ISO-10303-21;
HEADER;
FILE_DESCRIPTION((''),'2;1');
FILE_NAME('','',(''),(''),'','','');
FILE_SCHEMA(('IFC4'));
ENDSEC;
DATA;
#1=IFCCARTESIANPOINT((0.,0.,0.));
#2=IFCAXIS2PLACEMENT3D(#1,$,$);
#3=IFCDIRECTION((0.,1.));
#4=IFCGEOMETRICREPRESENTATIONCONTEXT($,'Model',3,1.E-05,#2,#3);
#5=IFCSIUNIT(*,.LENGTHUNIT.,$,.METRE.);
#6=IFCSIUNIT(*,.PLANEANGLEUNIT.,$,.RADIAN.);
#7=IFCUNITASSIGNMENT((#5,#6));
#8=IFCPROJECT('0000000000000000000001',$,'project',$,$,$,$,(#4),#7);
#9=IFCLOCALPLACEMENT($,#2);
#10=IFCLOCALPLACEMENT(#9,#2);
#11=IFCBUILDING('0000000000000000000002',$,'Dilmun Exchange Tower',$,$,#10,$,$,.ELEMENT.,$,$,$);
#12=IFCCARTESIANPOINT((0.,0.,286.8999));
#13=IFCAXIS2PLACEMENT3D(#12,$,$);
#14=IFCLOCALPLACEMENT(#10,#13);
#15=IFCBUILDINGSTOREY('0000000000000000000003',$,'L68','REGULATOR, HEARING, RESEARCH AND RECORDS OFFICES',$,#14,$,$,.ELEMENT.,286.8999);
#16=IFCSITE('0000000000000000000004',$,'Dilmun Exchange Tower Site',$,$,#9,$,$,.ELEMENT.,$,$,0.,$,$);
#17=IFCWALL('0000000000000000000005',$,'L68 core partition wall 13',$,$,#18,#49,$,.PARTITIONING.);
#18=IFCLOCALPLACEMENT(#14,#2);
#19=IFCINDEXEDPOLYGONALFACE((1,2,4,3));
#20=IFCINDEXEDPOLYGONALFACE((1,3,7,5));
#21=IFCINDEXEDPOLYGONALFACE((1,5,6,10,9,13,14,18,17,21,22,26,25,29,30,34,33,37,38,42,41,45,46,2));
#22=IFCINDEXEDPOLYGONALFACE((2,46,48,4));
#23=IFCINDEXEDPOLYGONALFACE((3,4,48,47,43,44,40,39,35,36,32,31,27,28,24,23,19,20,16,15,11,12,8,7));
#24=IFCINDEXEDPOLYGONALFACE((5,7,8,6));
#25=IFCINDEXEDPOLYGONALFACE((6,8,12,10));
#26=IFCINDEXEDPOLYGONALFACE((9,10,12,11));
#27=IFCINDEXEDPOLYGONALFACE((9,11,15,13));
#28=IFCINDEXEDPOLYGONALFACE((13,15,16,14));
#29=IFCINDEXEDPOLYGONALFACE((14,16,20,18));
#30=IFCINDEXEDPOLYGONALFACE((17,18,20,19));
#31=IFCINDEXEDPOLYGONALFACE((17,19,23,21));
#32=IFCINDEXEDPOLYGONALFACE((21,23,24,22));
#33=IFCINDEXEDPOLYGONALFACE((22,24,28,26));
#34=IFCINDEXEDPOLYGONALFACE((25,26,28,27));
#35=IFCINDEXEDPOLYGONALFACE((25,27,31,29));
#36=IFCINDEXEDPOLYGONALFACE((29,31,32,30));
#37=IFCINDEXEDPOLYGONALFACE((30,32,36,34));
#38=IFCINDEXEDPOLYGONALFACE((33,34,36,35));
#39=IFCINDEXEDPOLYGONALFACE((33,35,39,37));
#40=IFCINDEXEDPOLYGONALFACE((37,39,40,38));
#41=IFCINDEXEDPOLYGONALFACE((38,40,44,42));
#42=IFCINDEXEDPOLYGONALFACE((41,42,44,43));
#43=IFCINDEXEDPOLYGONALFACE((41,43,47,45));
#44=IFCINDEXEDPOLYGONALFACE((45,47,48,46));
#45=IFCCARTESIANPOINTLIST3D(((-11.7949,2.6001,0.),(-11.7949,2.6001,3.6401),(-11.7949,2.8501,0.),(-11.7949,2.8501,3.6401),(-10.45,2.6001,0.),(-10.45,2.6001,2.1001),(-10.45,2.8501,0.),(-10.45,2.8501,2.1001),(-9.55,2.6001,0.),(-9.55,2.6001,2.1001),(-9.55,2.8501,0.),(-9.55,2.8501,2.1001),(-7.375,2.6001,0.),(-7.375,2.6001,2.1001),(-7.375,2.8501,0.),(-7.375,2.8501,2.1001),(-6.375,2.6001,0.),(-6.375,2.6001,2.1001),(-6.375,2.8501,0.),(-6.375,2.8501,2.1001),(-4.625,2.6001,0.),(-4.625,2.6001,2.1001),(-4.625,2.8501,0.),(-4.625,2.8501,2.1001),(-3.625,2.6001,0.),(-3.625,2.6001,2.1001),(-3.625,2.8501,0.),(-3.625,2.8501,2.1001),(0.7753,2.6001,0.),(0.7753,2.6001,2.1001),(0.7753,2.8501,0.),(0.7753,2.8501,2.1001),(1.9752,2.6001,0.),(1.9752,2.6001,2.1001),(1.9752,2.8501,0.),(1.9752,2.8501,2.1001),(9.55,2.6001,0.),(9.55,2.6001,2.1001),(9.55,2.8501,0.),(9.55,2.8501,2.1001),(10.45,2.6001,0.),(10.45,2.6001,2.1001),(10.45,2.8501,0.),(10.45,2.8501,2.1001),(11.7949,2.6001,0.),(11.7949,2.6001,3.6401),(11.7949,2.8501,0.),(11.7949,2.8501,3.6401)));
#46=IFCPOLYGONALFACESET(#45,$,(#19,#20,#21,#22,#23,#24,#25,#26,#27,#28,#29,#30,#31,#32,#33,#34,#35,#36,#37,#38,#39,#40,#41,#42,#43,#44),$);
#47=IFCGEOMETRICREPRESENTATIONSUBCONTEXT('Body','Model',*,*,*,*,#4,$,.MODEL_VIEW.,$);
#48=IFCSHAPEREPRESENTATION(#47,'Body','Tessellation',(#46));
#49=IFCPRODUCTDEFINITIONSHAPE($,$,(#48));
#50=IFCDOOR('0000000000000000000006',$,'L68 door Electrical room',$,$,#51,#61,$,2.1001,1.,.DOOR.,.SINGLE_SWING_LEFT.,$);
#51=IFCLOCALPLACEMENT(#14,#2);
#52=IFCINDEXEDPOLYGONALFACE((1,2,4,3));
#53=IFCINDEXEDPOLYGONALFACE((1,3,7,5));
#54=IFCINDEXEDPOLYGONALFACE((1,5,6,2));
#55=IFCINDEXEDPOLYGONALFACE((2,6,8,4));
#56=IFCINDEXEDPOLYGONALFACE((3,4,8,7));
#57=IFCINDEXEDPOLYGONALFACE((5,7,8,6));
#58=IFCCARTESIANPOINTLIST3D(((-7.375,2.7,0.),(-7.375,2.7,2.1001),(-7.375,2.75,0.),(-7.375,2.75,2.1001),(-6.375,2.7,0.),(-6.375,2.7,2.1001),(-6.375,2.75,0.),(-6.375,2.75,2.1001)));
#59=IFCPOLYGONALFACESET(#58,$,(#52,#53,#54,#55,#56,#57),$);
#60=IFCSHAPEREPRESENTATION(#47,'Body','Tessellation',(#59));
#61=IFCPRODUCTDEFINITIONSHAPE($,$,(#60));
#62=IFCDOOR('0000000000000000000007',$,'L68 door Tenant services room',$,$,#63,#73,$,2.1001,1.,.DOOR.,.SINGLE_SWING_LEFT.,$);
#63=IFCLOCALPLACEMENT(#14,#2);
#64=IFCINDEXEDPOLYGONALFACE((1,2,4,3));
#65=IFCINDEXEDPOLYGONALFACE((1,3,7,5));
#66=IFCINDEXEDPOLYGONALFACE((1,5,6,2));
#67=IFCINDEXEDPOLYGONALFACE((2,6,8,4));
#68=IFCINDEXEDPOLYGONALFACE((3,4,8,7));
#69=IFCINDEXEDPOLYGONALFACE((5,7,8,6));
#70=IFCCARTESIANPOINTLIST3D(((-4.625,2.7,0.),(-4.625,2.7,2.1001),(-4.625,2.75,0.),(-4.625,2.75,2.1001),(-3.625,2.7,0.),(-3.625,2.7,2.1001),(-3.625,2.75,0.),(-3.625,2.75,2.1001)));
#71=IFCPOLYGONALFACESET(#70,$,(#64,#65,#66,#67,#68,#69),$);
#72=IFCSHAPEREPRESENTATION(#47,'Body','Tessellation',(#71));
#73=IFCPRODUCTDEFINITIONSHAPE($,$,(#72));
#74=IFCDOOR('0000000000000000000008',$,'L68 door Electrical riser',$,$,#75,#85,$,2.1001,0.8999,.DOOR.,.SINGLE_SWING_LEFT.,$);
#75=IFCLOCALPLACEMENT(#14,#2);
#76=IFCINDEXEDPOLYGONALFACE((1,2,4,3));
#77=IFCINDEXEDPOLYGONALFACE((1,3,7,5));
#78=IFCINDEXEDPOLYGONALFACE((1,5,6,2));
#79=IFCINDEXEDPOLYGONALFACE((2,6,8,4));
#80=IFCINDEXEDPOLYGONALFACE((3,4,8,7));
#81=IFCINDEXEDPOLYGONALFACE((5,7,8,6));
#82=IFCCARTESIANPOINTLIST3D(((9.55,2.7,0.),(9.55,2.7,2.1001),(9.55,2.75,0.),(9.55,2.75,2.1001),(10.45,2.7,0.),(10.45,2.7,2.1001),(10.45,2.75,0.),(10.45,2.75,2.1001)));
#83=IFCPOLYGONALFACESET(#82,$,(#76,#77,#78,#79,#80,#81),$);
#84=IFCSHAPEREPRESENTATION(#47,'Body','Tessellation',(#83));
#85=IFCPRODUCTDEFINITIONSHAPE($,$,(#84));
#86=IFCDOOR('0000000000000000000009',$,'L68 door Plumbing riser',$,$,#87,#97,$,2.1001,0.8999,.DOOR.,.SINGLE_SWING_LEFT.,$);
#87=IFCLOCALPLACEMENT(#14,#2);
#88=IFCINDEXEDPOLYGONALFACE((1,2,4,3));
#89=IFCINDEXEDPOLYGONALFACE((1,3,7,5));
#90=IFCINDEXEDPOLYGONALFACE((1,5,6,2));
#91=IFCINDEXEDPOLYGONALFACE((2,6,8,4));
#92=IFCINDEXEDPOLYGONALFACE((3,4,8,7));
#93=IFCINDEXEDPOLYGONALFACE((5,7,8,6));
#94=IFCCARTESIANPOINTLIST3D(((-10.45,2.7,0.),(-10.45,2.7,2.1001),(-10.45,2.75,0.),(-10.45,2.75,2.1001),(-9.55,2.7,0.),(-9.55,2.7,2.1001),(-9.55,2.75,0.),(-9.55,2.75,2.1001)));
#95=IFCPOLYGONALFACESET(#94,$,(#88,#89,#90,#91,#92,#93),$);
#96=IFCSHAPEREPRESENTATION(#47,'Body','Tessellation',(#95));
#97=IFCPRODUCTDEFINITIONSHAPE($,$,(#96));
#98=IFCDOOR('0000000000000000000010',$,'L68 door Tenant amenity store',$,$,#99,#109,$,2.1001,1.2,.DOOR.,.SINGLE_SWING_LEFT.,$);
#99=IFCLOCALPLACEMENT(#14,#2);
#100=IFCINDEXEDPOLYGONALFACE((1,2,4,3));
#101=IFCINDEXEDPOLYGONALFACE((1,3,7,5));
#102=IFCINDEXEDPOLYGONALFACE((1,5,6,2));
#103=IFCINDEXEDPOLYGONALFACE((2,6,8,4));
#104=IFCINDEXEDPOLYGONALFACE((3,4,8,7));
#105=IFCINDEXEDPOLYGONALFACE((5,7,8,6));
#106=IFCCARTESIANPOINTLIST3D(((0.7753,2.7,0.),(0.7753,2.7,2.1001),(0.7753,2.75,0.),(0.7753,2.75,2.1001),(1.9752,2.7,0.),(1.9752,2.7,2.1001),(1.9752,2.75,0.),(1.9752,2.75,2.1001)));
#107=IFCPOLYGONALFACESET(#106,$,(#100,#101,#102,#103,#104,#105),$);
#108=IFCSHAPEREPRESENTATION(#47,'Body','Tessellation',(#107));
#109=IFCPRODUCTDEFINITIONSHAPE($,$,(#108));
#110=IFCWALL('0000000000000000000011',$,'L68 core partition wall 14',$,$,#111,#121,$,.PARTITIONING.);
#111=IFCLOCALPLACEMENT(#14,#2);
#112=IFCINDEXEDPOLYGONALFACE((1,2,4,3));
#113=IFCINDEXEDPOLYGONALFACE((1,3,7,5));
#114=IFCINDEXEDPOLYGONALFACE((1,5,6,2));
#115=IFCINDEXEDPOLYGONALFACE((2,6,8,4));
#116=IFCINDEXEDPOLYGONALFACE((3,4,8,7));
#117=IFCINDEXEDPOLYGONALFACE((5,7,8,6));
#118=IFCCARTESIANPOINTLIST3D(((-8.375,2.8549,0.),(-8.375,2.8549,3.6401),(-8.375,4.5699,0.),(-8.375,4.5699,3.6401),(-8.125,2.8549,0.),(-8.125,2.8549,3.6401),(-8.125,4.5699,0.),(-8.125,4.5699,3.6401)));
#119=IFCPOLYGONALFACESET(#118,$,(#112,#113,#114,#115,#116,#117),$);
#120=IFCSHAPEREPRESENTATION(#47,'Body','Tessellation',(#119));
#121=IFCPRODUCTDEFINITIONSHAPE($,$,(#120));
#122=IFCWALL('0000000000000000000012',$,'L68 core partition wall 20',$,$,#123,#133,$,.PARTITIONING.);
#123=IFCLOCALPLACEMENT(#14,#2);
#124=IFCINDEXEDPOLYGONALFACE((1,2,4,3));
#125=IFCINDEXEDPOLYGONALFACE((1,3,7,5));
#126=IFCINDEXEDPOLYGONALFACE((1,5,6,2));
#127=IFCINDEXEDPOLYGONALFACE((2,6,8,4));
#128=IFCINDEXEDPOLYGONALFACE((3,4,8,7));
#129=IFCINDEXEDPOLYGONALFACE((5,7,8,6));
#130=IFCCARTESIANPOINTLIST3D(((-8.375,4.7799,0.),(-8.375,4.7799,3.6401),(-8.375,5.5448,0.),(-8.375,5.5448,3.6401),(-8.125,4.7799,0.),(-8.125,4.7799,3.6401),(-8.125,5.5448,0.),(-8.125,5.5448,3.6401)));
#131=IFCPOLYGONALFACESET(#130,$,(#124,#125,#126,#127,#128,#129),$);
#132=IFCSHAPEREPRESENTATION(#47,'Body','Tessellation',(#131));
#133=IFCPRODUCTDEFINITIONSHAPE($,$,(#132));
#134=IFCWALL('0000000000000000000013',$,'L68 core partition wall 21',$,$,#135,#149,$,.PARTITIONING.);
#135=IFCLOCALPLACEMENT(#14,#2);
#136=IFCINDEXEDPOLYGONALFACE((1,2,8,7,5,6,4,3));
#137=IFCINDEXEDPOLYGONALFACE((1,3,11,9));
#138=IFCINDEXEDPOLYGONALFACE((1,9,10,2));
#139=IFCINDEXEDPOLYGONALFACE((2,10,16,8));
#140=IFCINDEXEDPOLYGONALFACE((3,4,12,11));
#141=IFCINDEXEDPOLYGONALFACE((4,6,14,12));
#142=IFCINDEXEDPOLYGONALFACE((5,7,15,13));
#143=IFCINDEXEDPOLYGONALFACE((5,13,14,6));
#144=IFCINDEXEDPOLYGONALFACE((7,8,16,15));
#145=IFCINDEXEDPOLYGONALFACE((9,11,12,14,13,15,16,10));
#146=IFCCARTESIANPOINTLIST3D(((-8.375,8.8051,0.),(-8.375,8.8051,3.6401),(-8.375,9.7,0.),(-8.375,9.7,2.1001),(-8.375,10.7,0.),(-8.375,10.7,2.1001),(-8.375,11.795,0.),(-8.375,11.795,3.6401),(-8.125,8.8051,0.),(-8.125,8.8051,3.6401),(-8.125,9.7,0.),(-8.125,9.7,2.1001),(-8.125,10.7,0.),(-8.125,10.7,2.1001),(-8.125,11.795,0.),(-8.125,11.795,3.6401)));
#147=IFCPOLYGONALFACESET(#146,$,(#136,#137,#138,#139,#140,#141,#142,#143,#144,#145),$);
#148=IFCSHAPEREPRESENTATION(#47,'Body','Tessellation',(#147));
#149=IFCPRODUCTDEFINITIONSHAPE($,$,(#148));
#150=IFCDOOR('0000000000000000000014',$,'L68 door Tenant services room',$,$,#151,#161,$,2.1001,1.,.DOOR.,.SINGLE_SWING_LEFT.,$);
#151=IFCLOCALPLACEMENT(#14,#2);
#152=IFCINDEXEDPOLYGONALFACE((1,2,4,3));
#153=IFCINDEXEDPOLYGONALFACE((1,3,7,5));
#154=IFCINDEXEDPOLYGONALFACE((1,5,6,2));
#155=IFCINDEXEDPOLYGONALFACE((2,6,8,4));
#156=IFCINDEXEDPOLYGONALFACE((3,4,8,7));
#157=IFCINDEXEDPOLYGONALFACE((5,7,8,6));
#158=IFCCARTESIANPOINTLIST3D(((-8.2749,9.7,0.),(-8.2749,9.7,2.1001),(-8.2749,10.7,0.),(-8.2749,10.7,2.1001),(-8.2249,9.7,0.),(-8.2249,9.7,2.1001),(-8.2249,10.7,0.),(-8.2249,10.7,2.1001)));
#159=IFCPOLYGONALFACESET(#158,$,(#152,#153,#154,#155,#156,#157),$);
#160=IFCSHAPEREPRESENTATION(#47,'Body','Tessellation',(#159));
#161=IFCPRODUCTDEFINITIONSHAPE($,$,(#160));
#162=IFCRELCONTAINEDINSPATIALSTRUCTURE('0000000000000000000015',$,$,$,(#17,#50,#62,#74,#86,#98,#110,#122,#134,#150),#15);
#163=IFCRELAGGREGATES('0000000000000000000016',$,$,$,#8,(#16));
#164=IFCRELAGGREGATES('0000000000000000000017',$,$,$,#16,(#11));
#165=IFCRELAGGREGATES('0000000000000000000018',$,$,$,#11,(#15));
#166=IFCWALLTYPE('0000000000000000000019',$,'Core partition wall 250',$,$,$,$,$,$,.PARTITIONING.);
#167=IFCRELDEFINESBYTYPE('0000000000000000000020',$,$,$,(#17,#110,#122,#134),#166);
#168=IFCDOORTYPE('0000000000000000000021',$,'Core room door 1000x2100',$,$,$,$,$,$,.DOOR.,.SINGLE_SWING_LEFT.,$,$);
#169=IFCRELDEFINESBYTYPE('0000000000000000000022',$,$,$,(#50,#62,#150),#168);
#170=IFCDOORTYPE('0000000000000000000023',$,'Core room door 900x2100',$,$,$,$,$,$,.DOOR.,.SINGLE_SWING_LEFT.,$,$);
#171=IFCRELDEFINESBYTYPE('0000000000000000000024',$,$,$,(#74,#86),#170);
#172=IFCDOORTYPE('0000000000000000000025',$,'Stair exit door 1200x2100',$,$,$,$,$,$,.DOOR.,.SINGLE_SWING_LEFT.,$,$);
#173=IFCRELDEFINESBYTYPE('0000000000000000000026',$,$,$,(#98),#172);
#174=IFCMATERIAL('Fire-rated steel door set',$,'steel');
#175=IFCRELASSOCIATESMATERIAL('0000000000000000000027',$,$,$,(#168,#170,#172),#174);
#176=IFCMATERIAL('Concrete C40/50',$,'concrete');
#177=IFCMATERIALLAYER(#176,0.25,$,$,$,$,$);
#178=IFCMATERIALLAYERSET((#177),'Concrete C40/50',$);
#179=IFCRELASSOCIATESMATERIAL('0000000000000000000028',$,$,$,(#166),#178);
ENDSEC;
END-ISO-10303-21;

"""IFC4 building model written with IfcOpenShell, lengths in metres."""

from ifc_helpers import new_model, si_unit, direction, frame, frame_2d, origin, place, context, subcontext, project, spatial, rectangle, extrude, material, layer, layer_set, type_object, element, fill, save


model = new_model("IFC4")

# Units and contexts
model_context = context("Model", 3, precision=1e-05, world=origin(), true_north=direction((0.0, 1.0)))
body_context = subcontext(model_context, "Body", "Model", "MODEL_VIEW")
ifc_project = project(units=[si_unit("LENGTHUNIT", "METRE"), si_unit("PLANEANGLEUNIT", "RADIAN")], contexts=[model_context])

# Site, building, storey
site_placement = place(None, origin())
site = spatial("IfcSite", under=ifc_project, at=site_placement, Name="Dilmun Exchange Tower Site", CompositionType="ELEMENT", RefElevation=0.0)
building_placement = place(site_placement, origin())
building = spatial("IfcBuilding", under=site, at=building_placement, Name="Dilmun Exchange Tower", CompositionType="ELEMENT")
storey_placement = place(building_placement, frame((0.0, 0.0, 286.8999)))
storey = spatial("IfcBuildingStorey", under=building, at=storey_placement, Name="L68", Description="REGULATOR, HEARING, RESEARCH AND RECORDS OFFICES", CompositionType="ELEMENT", Elevation=286.8999)

# Shared definitions
ifc_material_1 = material(Name="Concrete C40/50", Category="concrete")

# Shared definitions
ifc_material_2 = material(Name="Fire-rated steel door set", Category="steel")
door_type_1 = type_object("IfcDoorType", Name="Core room door 1000x2100", OperationType="SINGLE_SWING_LEFT", PredefinedType="DOOR", material=ifc_material_2)

# Wall, openings, doors
ifc_layer_1 = layer(ifc_material_1, 0.25)
ifc_layer_set_1 = layer_set([ifc_layer_1], Name="Concrete C40/50")
wall_type_1 = type_object("IfcWallType", Name="Core partition wall 250", PredefinedType="PARTITIONING", material=ifc_layer_set_1)
wall_1_placement = place(storey_placement, frame((-11.7949, 2.7251, 0.0), z_axis=(0.0, 0.0, 1.0), x_axis=(1.0, 0.0, 0.0)))
wall_1 = element("IfcWall", 1, at=wall_1_placement, inside=storey, type_object=wall_type_1, Name="L68 core partition wall 13", PredefinedType="PARTITIONING", context=body_context, shape_type="SweptSolid", body=[
    extrude(rectangle(XDim=23.5898, YDim=0.25, at=frame_2d((11.7949, 0.0))), origin(), (0.0, 0.0, 1.0), 3.6401),
])
opening_1_placement = place(wall_1_placement, frame((21.345, 0.0, 0.0)))
opening_1 = element("IfcOpeningElement", 2, at=opening_1_placement, cuts=wall_1, PredefinedType="OPENING", context=body_context, shape_type="SweptSolid", body=[
    extrude(rectangle(XDim=0.8999, YDim=2.1001, at=frame_2d((0.45, 1.05))), frame((0.0, 0.135, 0.0), z_axis=(0.0, -1.0, 0.0), x_axis=(1.0, 0.0, 0.0)), (0.0, 0.0, 1.0), 0.27),
])
opening_2_placement = place(wall_1_placement, frame((1.345, 0.0, 0.0)))
opening_2 = element("IfcOpeningElement", 3, at=opening_2_placement, cuts=wall_1, PredefinedType="OPENING", context=body_context, shape_type="SweptSolid", body=[
    extrude(rectangle(XDim=0.8999, YDim=2.1001, at=frame_2d((0.45, 1.05))), frame((0.0, 0.135, 0.0), z_axis=(0.0, -1.0, 0.0), x_axis=(1.0, 0.0, 0.0)), (0.0, 0.0, 1.0), 0.27),
])
opening_3_placement = place(wall_1_placement, frame((4.4199, 0.0, 0.0)))
opening_3 = element("IfcOpeningElement", 4, at=opening_3_placement, cuts=wall_1, PredefinedType="OPENING", context=body_context, shape_type="SweptSolid", body=[
    extrude(rectangle(XDim=1.0, YDim=2.1001, at=frame_2d((0.5, 1.05))), frame((0.0, 0.135, 0.0), z_axis=(0.0, -1.0, 0.0), x_axis=(1.0, 0.0, 0.0)), (0.0, 0.0, 1.0), 0.27),
])
opening_4_placement = place(wall_1_placement, frame((7.1699, 0.0, 0.0)))
opening_4 = element("IfcOpeningElement", 5, at=opening_4_placement, cuts=wall_1, PredefinedType="OPENING", context=body_context, shape_type="SweptSolid", body=[
    extrude(rectangle(XDim=1.0, YDim=2.1001, at=frame_2d((0.5, 1.05))), frame((0.0, 0.135, 0.0), z_axis=(0.0, -1.0, 0.0), x_axis=(1.0, 0.0, 0.0)), (0.0, 0.0, 1.0), 0.27),
])
opening_5_placement = place(wall_1_placement, frame((12.5701, 0.0, 0.0)))
opening_5 = element("IfcOpeningElement", 6, at=opening_5_placement, cuts=wall_1, PredefinedType="OPENING", context=body_context, shape_type="SweptSolid", body=[
    extrude(rectangle(XDim=1.2, YDim=2.1001, at=frame_2d((0.6001, 1.05))), frame((0.0, 0.135, 0.0), z_axis=(0.0, -1.0, 0.0), x_axis=(1.0, 0.0, 0.0)), (0.0, 0.0, 1.0), 0.27),
])
door_1_placement = place(opening_3_placement, origin())
door_1 = element("IfcDoor", 7, at=door_1_placement, inside=storey, type_object=door_type_1, Name="L68 door Electrical room", OperationType="SINGLE_SWING_LEFT", OverallHeight=2.1001, OverallWidth=1.0, PredefinedType="DOOR", context=body_context, shape_type="SweptSolid", body=[
    extrude(rectangle(XDim=1.0, YDim=2.1001, at=frame_2d((0.5, 1.05))), frame((0.0, 0.0249, 0.0), z_axis=(0.0, -1.0, 0.0), x_axis=(1.0, 0.0, 0.0)), (0.0, 0.0, 1.0), 0.05),
])
fill(opening_3, door_1)
door_2_placement = place(opening_4_placement, origin())
door_2 = element("IfcDoor", 8, at=door_2_placement, inside=storey, type_object=door_type_1, Name="L68 door Tenant services room", OperationType="SINGLE_SWING_LEFT", OverallHeight=2.1001, OverallWidth=1.0, PredefinedType="DOOR", context=body_context, shape_type="SweptSolid", body=[
    extrude(rectangle(XDim=1.0, YDim=2.1001, at=frame_2d((0.5, 1.05))), frame((0.0, 0.0249, 0.0), z_axis=(0.0, -1.0, 0.0), x_axis=(1.0, 0.0, 0.0)), (0.0, 0.0, 1.0), 0.05),
])
fill(opening_4, door_2)
door_type_2 = type_object("IfcDoorType", Name="Core room door 900x2100", OperationType="SINGLE_SWING_LEFT", PredefinedType="DOOR", material=ifc_material_2)
door_3_placement = place(opening_1_placement, origin())
door_3 = element("IfcDoor", 9, at=door_3_placement, inside=storey, type_object=door_type_2, Name="L68 door Electrical riser", OperationType="SINGLE_SWING_LEFT", OverallHeight=2.1001, OverallWidth=0.8999, PredefinedType="DOOR", context=body_context, shape_type="SweptSolid", body=[
    extrude(rectangle(XDim=0.8999, YDim=2.1001, at=frame_2d((0.45, 1.05))), frame((0.0, 0.0249, 0.0), z_axis=(0.0, -1.0, 0.0), x_axis=(1.0, 0.0, 0.0)), (0.0, 0.0, 1.0), 0.05),
])
fill(opening_1, door_3)
door_4_placement = place(opening_2_placement, origin())
door_4 = element("IfcDoor", 10, at=door_4_placement, inside=storey, type_object=door_type_2, Name="L68 door Plumbing riser", OperationType="SINGLE_SWING_LEFT", OverallHeight=2.1001, OverallWidth=0.8999, PredefinedType="DOOR", context=body_context, shape_type="SweptSolid", body=[
    extrude(rectangle(XDim=0.8999, YDim=2.1001, at=frame_2d((0.45, 1.05))), frame((0.0, 0.0249, 0.0), z_axis=(0.0, -1.0, 0.0), x_axis=(1.0, 0.0, 0.0)), (0.0, 0.0, 1.0), 0.05),
])
fill(opening_2, door_4)
door_type_3 = type_object("IfcDoorType", Name="Stair exit door 1200x2100", OperationType="SINGLE_SWING_LEFT", PredefinedType="DOOR", material=ifc_material_2)
door_5_placement = place(opening_5_placement, origin())
door_5 = element("IfcDoor", 11, at=door_5_placement, inside=storey, type_object=door_type_3, Name="L68 door Tenant amenity store", OperationType="SINGLE_SWING_LEFT", OverallHeight=2.1001, OverallWidth=1.2, PredefinedType="DOOR", context=body_context, shape_type="SweptSolid", body=[
    extrude(rectangle(XDim=1.2, YDim=2.1001, at=frame_2d((0.6001, 1.05))), frame((0.0, 0.0249, 0.0), z_axis=(0.0, -1.0, 0.0), x_axis=(1.0, 0.0, 0.0)), (0.0, 0.0, 1.0), 0.05),
])
fill(opening_5, door_5)

# Walls
wall_2_placement = place(storey_placement, frame((-8.25, 2.855, 0.0), z_axis=(0.0, 0.0, 1.0), x_axis=(0.0, 1.0, 0.0)))
element("IfcWall", 12, at=wall_2_placement, inside=storey, type_object=wall_type_1, Name="L68 core partition wall 14", PredefinedType="PARTITIONING", context=body_context, shape_type="SweptSolid", body=[
    extrude(rectangle(XDim=1.7151, YDim=0.25, at=frame_2d((0.8574, 0.0))), origin(), (0.0, 0.0, 1.0), 3.6401),
])
wall_3_placement = place(storey_placement, frame((-8.25, 4.78, 0.0), z_axis=(0.0, 0.0, 1.0), x_axis=(0.0, 1.0, 0.0)))
element("IfcWall", 13, at=wall_3_placement, inside=storey, type_object=wall_type_1, Name="L68 core partition wall 20", PredefinedType="PARTITIONING", context=body_context, shape_type="SweptSolid", body=[
    extrude(rectangle(XDim=0.7649, YDim=0.25, at=frame_2d((0.3823, 0.0))), origin(), (0.0, 0.0, 1.0), 3.6401),
])

# Wall, opening, door
wall_4_placement = place(storey_placement, frame((-8.25, 8.8049, 0.0), z_axis=(0.0, 0.0, 1.0), x_axis=(0.0, 1.0, 0.0)))
wall_4 = element("IfcWall", 14, at=wall_4_placement, inside=storey, type_object=wall_type_1, Name="L68 core partition wall 21", PredefinedType="PARTITIONING", context=body_context, shape_type="SweptSolid", body=[
    extrude(rectangle(XDim=2.99, YDim=0.25, at=frame_2d((1.4951, 0.0))), origin(), (0.0, 0.0, 1.0), 3.6401),
])
opening_6_placement = place(wall_4_placement, frame((0.895, 0.0, 0.0)))
opening_6 = element("IfcOpeningElement", 15, at=opening_6_placement, cuts=wall_4, PredefinedType="OPENING", context=body_context, shape_type="SweptSolid", body=[
    extrude(rectangle(XDim=1.0, YDim=2.1001, at=frame_2d((0.5, 1.05))), frame((0.0, 0.135, 0.0), z_axis=(0.0, -1.0, 0.0), x_axis=(1.0, 0.0, 0.0)), (0.0, 0.0, 1.0), 0.27),
])
door_6_placement = place(opening_6_placement, origin())
door_6 = element("IfcDoor", 16, at=door_6_placement, inside=storey, type_object=door_type_1, Name="L68 door Tenant services room", OperationType="SINGLE_SWING_LEFT", OverallHeight=2.1001, OverallWidth=1.0, PredefinedType="DOOR", context=body_context, shape_type="SweptSolid", body=[
    extrude(rectangle(XDim=1.0, YDim=2.1001, at=frame_2d((0.5, 1.05))), frame((0.0, 0.0249, 0.0), z_axis=(0.0, -1.0, 0.0), x_axis=(1.0, 0.0, 0.0)), (0.0, 0.0, 1.0), 0.05),
])
fill(opening_6, door_6)

save(model, "model.ifc")
